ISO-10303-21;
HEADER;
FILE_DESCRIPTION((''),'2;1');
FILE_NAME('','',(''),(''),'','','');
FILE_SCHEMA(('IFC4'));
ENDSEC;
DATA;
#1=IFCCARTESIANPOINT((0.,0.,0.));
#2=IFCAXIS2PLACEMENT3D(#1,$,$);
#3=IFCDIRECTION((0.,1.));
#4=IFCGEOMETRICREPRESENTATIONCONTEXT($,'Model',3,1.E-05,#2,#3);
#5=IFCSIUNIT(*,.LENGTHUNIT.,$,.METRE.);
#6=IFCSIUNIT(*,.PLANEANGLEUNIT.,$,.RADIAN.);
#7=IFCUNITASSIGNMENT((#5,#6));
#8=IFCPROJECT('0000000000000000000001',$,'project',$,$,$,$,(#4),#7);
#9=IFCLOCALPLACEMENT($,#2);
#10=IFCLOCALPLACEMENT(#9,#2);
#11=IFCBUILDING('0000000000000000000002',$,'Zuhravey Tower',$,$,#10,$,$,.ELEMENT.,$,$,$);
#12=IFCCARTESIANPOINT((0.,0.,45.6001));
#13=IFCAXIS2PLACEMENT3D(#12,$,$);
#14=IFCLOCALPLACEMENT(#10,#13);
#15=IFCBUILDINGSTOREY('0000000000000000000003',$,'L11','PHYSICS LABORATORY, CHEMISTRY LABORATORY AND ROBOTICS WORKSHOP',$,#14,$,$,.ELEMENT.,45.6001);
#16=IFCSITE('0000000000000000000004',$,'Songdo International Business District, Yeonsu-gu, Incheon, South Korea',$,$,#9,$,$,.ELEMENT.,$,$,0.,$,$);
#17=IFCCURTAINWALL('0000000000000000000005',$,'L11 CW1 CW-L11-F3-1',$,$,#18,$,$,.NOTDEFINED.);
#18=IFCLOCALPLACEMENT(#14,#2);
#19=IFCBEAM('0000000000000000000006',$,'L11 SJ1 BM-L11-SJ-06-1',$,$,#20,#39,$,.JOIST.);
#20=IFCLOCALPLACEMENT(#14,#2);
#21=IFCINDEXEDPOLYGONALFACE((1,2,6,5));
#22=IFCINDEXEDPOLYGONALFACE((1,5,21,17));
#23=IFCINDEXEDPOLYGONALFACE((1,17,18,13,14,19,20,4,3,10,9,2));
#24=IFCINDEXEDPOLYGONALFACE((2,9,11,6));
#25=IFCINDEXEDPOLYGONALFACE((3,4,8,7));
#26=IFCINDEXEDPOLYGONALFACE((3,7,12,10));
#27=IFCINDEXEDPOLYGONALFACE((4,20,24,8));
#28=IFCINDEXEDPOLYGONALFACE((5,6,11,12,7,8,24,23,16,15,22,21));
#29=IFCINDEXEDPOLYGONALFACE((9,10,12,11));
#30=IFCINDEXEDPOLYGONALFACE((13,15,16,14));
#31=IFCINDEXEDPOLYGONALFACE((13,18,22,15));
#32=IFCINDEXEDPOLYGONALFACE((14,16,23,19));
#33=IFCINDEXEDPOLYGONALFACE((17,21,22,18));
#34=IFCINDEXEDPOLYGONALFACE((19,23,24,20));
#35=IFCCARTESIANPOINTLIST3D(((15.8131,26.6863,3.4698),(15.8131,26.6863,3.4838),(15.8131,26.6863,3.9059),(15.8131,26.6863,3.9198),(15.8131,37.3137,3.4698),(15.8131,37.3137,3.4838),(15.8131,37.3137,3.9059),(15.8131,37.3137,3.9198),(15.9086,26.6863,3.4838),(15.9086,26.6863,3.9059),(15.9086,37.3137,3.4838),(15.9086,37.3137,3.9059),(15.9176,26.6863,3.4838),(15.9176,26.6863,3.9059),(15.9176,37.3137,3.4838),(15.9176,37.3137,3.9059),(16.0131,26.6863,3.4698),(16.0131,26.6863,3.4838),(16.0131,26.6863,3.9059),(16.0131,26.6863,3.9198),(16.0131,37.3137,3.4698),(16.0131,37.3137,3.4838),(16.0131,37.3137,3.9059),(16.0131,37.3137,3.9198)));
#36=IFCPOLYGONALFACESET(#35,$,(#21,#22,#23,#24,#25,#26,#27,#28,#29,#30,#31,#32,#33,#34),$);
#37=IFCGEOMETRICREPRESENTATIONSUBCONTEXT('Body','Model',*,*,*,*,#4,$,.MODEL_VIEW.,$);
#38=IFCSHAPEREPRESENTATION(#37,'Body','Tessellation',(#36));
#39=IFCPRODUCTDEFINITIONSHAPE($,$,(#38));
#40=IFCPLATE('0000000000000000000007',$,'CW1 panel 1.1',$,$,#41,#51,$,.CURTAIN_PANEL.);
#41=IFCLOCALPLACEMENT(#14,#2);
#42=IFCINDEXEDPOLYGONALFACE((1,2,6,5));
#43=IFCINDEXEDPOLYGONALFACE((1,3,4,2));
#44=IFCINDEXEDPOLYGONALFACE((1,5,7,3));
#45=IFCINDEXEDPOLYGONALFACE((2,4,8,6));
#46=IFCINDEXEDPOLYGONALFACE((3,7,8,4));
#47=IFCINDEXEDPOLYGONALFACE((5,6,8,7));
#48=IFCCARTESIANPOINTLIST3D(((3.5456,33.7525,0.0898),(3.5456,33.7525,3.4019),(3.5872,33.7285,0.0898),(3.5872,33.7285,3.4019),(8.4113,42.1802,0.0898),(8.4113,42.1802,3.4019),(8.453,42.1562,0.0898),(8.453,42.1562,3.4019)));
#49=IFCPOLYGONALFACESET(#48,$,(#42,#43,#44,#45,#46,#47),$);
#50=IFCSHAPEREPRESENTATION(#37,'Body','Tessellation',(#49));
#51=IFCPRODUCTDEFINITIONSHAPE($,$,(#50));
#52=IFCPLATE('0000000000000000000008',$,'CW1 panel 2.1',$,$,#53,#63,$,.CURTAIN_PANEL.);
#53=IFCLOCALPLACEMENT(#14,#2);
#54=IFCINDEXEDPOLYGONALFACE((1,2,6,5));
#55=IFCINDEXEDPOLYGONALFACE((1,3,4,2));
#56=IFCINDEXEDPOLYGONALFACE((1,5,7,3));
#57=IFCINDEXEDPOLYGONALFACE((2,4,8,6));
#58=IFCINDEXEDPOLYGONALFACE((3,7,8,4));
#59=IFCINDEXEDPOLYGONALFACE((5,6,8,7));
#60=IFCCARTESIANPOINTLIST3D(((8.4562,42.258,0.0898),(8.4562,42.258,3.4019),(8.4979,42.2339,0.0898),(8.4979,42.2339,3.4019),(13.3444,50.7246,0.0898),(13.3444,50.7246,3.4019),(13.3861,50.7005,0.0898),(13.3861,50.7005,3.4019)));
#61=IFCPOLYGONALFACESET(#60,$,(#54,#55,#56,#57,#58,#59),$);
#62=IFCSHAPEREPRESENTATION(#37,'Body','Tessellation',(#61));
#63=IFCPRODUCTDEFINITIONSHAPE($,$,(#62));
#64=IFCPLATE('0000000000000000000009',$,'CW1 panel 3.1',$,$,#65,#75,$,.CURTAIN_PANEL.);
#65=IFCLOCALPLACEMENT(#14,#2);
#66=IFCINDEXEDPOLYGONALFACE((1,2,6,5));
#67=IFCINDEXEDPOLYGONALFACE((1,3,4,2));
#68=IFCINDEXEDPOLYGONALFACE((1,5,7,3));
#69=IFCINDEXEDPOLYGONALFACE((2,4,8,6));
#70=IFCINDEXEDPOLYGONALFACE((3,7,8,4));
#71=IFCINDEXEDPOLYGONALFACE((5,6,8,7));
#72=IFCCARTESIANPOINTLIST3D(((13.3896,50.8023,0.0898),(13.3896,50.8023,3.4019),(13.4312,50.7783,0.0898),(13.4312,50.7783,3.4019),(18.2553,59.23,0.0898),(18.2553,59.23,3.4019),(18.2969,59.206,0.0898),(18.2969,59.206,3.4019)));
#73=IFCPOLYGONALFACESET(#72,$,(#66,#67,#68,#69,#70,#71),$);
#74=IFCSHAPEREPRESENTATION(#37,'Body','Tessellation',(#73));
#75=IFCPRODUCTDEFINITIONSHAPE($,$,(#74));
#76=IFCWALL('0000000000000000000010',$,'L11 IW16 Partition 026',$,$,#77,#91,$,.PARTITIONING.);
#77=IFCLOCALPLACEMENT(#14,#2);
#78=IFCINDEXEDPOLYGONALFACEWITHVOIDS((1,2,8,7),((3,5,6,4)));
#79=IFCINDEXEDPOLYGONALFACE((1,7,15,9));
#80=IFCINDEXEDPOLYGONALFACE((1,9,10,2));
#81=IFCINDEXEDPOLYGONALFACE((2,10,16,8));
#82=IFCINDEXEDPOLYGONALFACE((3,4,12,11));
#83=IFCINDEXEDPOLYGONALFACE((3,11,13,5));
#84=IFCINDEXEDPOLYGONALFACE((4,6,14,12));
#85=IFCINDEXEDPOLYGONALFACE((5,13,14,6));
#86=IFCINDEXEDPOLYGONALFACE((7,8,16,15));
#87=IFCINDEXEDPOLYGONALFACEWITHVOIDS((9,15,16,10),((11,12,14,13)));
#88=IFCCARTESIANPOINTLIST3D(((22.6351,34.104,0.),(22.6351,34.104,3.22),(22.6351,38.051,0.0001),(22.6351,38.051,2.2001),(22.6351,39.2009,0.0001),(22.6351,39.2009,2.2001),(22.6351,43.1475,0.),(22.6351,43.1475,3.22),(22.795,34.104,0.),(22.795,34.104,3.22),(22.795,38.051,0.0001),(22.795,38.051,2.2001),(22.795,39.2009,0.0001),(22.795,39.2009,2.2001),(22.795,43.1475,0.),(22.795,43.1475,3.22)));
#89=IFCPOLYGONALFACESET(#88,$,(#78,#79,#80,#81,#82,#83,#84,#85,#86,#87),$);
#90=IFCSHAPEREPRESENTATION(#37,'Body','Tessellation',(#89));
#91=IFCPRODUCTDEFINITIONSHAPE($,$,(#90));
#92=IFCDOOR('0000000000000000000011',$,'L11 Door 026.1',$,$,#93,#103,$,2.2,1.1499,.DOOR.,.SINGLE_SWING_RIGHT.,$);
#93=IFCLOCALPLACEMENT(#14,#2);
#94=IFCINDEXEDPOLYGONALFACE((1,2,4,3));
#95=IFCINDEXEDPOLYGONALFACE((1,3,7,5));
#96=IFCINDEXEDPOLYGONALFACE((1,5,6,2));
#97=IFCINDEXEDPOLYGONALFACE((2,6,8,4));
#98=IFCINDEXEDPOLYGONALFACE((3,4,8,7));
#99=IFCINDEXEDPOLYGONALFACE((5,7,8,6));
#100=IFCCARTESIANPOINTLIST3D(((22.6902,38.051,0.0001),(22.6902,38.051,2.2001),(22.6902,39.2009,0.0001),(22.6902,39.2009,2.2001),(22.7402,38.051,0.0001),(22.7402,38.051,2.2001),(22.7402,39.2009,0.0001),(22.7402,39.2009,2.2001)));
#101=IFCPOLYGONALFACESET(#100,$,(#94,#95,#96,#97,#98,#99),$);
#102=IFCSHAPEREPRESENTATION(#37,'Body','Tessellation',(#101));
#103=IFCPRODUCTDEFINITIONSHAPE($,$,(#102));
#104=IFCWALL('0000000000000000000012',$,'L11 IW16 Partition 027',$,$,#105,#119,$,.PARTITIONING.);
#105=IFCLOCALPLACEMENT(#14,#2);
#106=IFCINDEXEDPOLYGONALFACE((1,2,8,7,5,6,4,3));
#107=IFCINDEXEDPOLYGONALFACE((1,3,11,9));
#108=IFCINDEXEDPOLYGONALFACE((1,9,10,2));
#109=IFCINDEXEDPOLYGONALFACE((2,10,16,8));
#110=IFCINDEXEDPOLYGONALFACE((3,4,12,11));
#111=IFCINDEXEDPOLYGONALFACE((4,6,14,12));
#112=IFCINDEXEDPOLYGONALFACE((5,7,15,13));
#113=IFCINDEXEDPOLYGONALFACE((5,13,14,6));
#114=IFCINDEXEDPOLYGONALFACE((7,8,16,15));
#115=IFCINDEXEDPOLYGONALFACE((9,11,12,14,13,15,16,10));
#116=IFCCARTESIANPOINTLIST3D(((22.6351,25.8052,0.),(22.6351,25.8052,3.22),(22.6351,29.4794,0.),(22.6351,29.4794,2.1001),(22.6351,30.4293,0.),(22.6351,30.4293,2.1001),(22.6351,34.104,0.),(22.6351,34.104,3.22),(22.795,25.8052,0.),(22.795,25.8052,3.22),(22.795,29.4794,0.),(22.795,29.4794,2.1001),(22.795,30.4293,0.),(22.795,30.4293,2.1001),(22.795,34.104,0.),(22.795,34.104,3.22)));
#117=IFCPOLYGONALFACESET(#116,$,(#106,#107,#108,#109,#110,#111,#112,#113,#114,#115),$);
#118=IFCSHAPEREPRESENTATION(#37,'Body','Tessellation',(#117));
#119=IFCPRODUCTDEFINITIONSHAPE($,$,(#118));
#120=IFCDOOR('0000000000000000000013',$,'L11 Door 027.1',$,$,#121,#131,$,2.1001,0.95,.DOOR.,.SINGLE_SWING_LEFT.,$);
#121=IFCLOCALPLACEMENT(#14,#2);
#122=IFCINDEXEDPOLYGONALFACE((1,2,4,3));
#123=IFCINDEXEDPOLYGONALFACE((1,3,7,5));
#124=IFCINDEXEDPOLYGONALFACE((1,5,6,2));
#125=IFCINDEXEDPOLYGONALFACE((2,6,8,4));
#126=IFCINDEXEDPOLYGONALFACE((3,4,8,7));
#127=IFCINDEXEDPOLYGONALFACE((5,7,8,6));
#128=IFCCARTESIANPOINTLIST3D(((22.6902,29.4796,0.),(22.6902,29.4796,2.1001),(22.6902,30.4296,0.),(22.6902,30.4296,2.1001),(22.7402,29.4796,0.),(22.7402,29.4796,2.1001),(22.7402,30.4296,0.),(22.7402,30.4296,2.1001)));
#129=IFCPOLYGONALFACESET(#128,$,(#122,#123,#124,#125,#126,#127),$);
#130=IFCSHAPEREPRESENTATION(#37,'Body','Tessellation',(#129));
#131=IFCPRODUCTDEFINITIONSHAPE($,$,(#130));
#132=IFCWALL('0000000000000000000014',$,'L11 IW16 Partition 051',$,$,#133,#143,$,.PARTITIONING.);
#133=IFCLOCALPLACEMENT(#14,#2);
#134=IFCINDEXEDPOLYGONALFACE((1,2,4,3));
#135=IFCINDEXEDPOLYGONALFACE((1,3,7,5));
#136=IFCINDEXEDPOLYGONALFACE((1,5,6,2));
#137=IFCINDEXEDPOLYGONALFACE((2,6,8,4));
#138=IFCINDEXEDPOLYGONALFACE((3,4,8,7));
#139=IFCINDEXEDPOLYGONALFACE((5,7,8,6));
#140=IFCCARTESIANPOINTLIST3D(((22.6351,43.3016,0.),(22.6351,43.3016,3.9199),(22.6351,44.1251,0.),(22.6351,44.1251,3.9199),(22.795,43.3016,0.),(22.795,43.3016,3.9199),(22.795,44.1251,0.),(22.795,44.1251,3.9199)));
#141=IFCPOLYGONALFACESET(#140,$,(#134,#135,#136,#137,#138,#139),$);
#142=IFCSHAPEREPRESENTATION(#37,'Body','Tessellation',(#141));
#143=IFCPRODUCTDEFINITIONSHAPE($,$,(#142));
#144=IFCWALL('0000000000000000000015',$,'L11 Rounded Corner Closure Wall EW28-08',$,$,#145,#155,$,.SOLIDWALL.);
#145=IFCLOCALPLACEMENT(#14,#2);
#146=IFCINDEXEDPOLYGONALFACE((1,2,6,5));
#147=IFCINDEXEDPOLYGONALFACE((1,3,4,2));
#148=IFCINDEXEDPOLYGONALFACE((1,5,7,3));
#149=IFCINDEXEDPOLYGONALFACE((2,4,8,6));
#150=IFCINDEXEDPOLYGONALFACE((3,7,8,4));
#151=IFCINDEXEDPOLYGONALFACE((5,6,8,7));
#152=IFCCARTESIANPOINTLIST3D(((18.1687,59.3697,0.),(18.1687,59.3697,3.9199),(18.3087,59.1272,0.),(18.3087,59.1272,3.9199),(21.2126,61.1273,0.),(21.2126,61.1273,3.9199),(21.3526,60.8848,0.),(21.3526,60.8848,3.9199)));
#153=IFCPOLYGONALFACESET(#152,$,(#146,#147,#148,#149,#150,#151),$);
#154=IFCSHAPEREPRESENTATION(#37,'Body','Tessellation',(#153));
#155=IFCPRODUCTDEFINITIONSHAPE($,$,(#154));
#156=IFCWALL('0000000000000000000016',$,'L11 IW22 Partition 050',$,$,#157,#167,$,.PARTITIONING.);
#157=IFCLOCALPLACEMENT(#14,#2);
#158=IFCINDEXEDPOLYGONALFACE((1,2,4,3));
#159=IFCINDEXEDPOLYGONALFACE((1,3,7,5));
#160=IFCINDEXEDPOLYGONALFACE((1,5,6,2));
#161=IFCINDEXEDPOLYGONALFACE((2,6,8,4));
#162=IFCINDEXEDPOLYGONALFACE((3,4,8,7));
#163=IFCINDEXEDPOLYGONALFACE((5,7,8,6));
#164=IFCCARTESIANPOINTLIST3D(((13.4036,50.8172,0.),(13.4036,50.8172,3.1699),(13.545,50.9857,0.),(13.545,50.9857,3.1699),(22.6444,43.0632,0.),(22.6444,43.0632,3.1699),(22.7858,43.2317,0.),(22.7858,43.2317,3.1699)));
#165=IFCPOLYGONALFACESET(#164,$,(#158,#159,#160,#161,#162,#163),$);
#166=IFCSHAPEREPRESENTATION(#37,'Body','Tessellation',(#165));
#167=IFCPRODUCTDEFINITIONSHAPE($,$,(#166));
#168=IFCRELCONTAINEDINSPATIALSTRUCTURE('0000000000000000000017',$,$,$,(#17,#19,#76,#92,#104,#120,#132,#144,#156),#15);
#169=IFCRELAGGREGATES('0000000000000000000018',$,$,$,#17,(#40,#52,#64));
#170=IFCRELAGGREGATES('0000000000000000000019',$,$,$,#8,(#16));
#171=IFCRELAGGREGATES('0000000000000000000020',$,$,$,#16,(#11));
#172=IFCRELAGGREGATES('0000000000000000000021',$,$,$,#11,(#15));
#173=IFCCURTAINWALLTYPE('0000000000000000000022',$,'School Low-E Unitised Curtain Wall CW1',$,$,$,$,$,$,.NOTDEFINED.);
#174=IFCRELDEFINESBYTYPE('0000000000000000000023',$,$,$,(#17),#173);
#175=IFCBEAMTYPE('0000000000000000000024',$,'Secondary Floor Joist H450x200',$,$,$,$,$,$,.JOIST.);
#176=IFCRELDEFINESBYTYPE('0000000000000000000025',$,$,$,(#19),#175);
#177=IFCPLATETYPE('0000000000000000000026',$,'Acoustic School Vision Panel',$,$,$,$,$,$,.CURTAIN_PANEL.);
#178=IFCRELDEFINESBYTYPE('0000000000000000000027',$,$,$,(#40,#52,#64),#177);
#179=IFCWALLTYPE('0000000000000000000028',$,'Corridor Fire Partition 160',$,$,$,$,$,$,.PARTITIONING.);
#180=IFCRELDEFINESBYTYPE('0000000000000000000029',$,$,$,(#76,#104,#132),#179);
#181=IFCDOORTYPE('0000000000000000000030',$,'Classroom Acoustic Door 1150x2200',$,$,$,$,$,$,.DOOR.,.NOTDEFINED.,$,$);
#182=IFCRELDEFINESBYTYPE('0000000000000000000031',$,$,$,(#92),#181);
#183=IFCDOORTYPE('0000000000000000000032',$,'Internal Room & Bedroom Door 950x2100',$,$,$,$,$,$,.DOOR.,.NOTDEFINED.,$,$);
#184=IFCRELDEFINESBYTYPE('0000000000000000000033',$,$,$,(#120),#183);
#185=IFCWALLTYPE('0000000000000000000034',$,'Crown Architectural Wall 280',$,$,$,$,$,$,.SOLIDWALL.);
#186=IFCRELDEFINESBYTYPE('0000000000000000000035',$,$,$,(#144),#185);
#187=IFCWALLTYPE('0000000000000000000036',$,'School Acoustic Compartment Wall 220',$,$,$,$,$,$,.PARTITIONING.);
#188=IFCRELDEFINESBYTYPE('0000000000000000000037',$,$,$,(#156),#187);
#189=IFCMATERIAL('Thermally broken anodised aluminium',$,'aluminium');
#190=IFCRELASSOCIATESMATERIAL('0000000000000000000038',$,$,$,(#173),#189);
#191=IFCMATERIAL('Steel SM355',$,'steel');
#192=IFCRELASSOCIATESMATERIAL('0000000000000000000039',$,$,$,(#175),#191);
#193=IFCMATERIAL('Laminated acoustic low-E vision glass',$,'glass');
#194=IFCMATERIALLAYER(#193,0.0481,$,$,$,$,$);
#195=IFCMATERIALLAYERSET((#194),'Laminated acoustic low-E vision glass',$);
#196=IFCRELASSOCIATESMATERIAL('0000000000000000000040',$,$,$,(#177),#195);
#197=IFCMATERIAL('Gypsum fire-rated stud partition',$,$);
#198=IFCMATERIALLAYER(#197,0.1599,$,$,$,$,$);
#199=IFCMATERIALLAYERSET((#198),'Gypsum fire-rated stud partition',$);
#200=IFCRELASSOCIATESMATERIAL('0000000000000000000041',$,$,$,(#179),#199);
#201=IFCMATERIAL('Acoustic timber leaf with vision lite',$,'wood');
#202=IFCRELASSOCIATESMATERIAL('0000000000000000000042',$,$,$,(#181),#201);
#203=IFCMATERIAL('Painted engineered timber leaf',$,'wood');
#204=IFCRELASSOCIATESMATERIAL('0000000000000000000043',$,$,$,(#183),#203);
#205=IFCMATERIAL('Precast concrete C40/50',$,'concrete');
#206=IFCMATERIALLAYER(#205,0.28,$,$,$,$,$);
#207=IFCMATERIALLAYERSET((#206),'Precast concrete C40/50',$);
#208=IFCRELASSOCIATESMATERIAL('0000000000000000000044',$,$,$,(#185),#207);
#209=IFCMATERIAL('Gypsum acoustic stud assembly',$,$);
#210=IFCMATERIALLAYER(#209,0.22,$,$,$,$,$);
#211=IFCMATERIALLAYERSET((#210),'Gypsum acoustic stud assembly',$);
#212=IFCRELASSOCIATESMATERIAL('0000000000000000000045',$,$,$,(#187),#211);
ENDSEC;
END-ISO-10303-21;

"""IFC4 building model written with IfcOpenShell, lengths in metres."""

from ifc_helpers import new_model, si_unit, direction, frame, frame_2d, origin, origin_2d, place, context, subcontext, project, spatial, rectangle, i_section, extrude, material, layer, layer_set, material_profile, profile_set, type_object, element, fill, aggregate, save


model = new_model("IFC4")

# Units and contexts
model_context = context("Model", 3, precision=1e-05, world=origin(), true_north=direction((0.0, 1.0)))
body_context = subcontext(model_context, "Body", "Model", "MODEL_VIEW")
ifc_project = project(units=[si_unit("LENGTHUNIT", "METRE"), si_unit("PLANEANGLEUNIT", "RADIAN")], contexts=[model_context])

# Site, building, storey
site_placement = place(None, origin())
site = spatial("IfcSite", under=ifc_project, at=site_placement, Name="Songdo International Business District, Yeonsu-gu, Incheon, South Korea", CompositionType="ELEMENT", RefElevation=0.0)
building_placement = place(site_placement, origin())
building = spatial("IfcBuilding", under=site, at=building_placement, Name="Zuhravey Tower", CompositionType="ELEMENT")
storey_placement = place(building_placement, frame((0.0, 0.0, 45.6001)))
storey = spatial("IfcBuildingStorey", under=building, at=storey_placement, Name="L11", Description="PHYSICS LABORATORY, CHEMISTRY LABORATORY AND ROBOTICS WORKSHOP", CompositionType="ELEMENT", Elevation=45.6001)

# Curtain wall
ifc_material_1 = material(Name="Thermally broken anodised aluminium", Category="aluminium")
curtain_wall_type = type_object("IfcCurtainWallType", Name="School Low-E Unitised Curtain Wall CW1", PredefinedType="NOTDEFINED", material=ifc_material_1)
curtain_wall_1_placement = place(storey_placement, origin())
curtain_wall_1 = element("IfcCurtainWall", 1, at=curtain_wall_1_placement, inside=storey, type_object=curtain_wall_type, Name="L11 CW1 CW-L11-F3-1", PredefinedType="NOTDEFINED")

# Beam
ifc_material_2 = material(Name="Steel SM355", Category="steel")
ifc_material_profile_1 = material_profile(ifc_material_2, i_section(OverallWidth=0.2, OverallDepth=0.45, WebThickness=0.009, FlangeThickness=0.0139, at=origin_2d()), Name="H-450x200x9x14")
ifc_profile_set_1 = profile_set([ifc_material_profile_1], Name="Steel SM355")
beam_type_1 = type_object("IfcBeamType", Name="Secondary Floor Joist H450x200", PredefinedType="JOIST", material=ifc_profile_set_1)
beam_1_placement = place(storey_placement, frame((15.9131, 37.3137, 3.6948), z_axis=(0.0, -1.0, 0.0), x_axis=(1.0, 0.0, 0.0)))
element("IfcBeam", 2, at=beam_1_placement, inside=storey, type_object=beam_type_1, Name="L11 SJ1 BM-L11-SJ-06-1", PredefinedType="JOIST", context=body_context, shape_type="SweptSolid", body=[
    extrude(i_section(OverallWidth=0.2, OverallDepth=0.45, WebThickness=0.009, FlangeThickness=0.0139, at=origin_2d()), origin(), (0.0, 0.0, 1.0), 10.6274),
])

# Plates
ifc_material_3 = material(Name="Laminated acoustic low-E vision glass", Category="glass")
ifc_layer_1 = layer(ifc_material_3, 0.0481)
ifc_layer_set_1 = layer_set([ifc_layer_1], Name="Laminated acoustic low-E vision glass")
plate_type = type_object("IfcPlateType", Name="Acoustic School Vision Panel", PredefinedType="CURTAIN_PANEL", material=ifc_layer_set_1)
plate_1_placement = place(storey_placement, frame((5.9993, 37.9543, 0.0898), z_axis=(0.0, 0.0, 1.0), x_axis=(0.5, 0.866026, 0.0)))
plate_1 = element("IfcPlate", 3, at=plate_1_placement, type_object=plate_type, Name="CW1 panel 1.1", PredefinedType="CURTAIN_PANEL", context=body_context, shape_type="SweptSolid", body=[
    extrude(rectangle(XDim=9.7314, YDim=0.0481, at=origin_2d()), origin(), (0.0, 0.0, 1.0), 3.312),
])
plate_2_placement = place(storey_placement, frame((10.9211, 46.4792, 0.0898), z_axis=(0.0, 0.0, 1.0), x_axis=(0.5, 0.866026, 0.0)))
plate_2 = element("IfcPlate", 4, at=plate_2_placement, type_object=plate_type, Name="CW1 panel 2.1", PredefinedType="CURTAIN_PANEL", context=body_context, shape_type="SweptSolid", body=[
    extrude(rectangle(XDim=9.7764, YDim=0.0481, at=origin_2d()), origin(), (0.0, 0.0, 1.0), 3.312),
])
plate_3_placement = place(storey_placement, frame((15.8433, 55.0042, 0.0898), z_axis=(0.0, 0.0, 1.0), x_axis=(0.5, 0.866026, 0.0)))
plate_3 = element("IfcPlate", 5, at=plate_3_placement, type_object=plate_type, Name="CW1 panel 3.1", PredefinedType="CURTAIN_PANEL", context=body_context, shape_type="SweptSolid", body=[
    extrude(rectangle(XDim=9.7314, YDim=0.0481, at=origin_2d()), origin(), (0.0, 0.0, 1.0), 3.312),
])
aggregate(curtain_wall_1, [plate_1, plate_2, plate_3])

# Walls, openings, doors
ifc_material_4 = material(Name="Gypsum fire-rated stud partition")
ifc_layer_2 = layer(ifc_material_4, 0.1599)
ifc_layer_set_2 = layer_set([ifc_layer_2], Name="Gypsum fire-rated stud partition")
wall_type_1 = type_object("IfcWallType", Name="Corridor Fire Partition 160", PredefinedType="PARTITIONING", material=ifc_layer_set_2)
wall_1_placement = place(storey_placement, frame((22.7151, 43.1475, 0.0), z_axis=(0.0, 0.0, 1.0), x_axis=(0.0, -1.0, 0.0)))
wall_1 = element("IfcWall", 6, at=wall_1_placement, inside=storey, type_object=wall_type_1, Name="L11 IW16 Partition 026", PredefinedType="PARTITIONING", context=body_context, shape_type="SweptSolid", body=[
    extrude(rectangle(XDim=9.0435, YDim=0.1599, at=frame_2d((4.5217, 0.0))), origin(), (0.0, 0.0, 1.0), 3.22),
])
opening_1_placement = place(wall_1_placement, frame((3.9465, 0.0, 0.0)))
opening_1 = element("IfcOpeningElement", 7, at=opening_1_placement, cuts=wall_1, PredefinedType="OPENING", context=body_context, shape_type="SweptSolid", body=[
    extrude(rectangle(XDim=1.1499, YDim=2.2, at=frame_2d((0.575, 1.1001))), frame((0.0, 0.092, 0.0), z_axis=(0.0, -1.0, 0.0), x_axis=(1.0, 0.0, 0.0)), (0.0, 0.0, 1.0), 0.1838),
])
ifc_material_5 = material(Name="Acoustic timber leaf with vision lite", Category="wood")
door_type_1 = type_object("IfcDoorType", Name="Classroom Acoustic Door 1150x2200", OperationType="NOTDEFINED", PredefinedType="DOOR", material=ifc_material_5)
door_1_placement = place(opening_1_placement, frame((1.1499, 0.0, 0.0), z_axis=(0.0, 0.0, 1.0), x_axis=(-1.0, 0.0, 0.0)))
door_1 = element("IfcDoor", 8, at=door_1_placement, inside=storey, type_object=door_type_1, Name="L11 Door 026.1", OperationType="SINGLE_SWING_RIGHT", OverallHeight=2.2, OverallWidth=1.1499, PredefinedType="DOOR", context=body_context, shape_type="SweptSolid", body=[
    extrude(rectangle(XDim=1.1499, YDim=2.2, at=frame_2d((0.575, 1.1001))), frame((0.0, 0.0249, 0.0), z_axis=(0.0, -1.0, 0.0), x_axis=(1.0, 0.0, 0.0)), (0.0, 0.0, 1.0), 0.05),
])
fill(opening_1, door_1)
wall_2_placement = place(storey_placement, frame((22.7151, 34.104, 0.0), z_axis=(0.0, 0.0, 1.0), x_axis=(0.0, -1.0, 0.0)))
wall_2 = element("IfcWall", 9, at=wall_2_placement, inside=storey, type_object=wall_type_1, Name="L11 IW16 Partition 027", PredefinedType="PARTITIONING", context=body_context, shape_type="SweptSolid", body=[
    extrude(rectangle(XDim=8.2988, YDim=0.1599, at=frame_2d((4.1494, 0.0))), origin(), (0.0, 0.0, 1.0), 3.22),
])
opening_2_placement = place(wall_2_placement, frame((3.6746, 0.0, 0.0)))
opening_2 = element("IfcOpeningElement", 10, at=opening_2_placement, cuts=wall_2, PredefinedType="OPENING", context=body_context, shape_type="SweptSolid", body=[
    extrude(rectangle(XDim=0.95, YDim=2.1001, at=frame_2d((0.4751, 1.05))), frame((0.0, 0.092, 0.0), z_axis=(0.0, -1.0, 0.0), x_axis=(1.0, 0.0, 0.0)), (0.0, 0.0, 1.0), 0.1838),
])
ifc_material_6 = material(Name="Painted engineered timber leaf", Category="wood")
door_type_2 = type_object("IfcDoorType", Name="Internal Room & Bedroom Door 950x2100", OperationType="NOTDEFINED", PredefinedType="DOOR", material=ifc_material_6)
door_2_placement = place(opening_2_placement, frame((0.95, 0.0, 0.0), z_axis=(0.0, 0.0, 1.0), x_axis=(-1.0, 0.0, 0.0)))
door_2 = element("IfcDoor", 11, at=door_2_placement, inside=storey, type_object=door_type_2, Name="L11 Door 027.1", OperationType="SINGLE_SWING_LEFT", OverallHeight=2.1001, OverallWidth=0.95, PredefinedType="DOOR", context=body_context, shape_type="SweptSolid", body=[
    extrude(rectangle(XDim=0.95, YDim=2.1001, at=frame_2d((0.4751, 1.05))), frame((0.0, 0.0249, 0.0), z_axis=(0.0, -1.0, 0.0), x_axis=(1.0, 0.0, 0.0)), (0.0, 0.0, 1.0), 0.05),
])
fill(opening_2, door_2)

# Walls
wall_3_placement = place(storey_placement, frame((22.7151, 44.125, 0.0), z_axis=(0.0, 0.0, 1.0), x_axis=(0.0, -1.0, 0.0)))
element("IfcWall", 12, at=wall_3_placement, inside=storey, type_object=wall_type_1, Name="L11 IW16 Partition 051", PredefinedType="PARTITIONING", context=body_context, shape_type="SweptSolid", body=[
    extrude(rectangle(XDim=0.8235, YDim=0.1599, at=frame_2d((0.4116, 0.0))), origin(), (0.0, 0.0, 1.0), 3.9199),
])
ifc_material_7 = material(Name="Precast concrete C40/50", Category="concrete")
ifc_layer_3 = layer(ifc_material_7, 0.28)
ifc_layer_set_3 = layer_set([ifc_layer_3], Name="Precast concrete C40/50")
wall_type_2 = type_object("IfcWallType", Name="Crown Architectural Wall 280", PredefinedType="SOLIDWALL", material=ifc_layer_set_3)
wall_4_placement = place(storey_placement, frame((18.2388, 59.2485, 0.0), z_axis=(0.0, 0.0, 1.0), x_axis=(0.866007, 0.500031, 0.0)))
element("IfcWall", 13, at=wall_4_placement, inside=storey, type_object=wall_type_2, Name="L11 Rounded Corner Closure Wall EW28-08", PredefinedType="SOLIDWALL", context=body_context, shape_type="SweptSolid", body=[
    extrude(rectangle(XDim=3.5149, YDim=0.28, at=frame_2d((1.7573, 0.0))), origin(), (0.0, 0.0, 1.0), 3.9199),
])
ifc_material_8 = material(Name="Gypsum acoustic stud assembly")
ifc_layer_4 = layer(ifc_material_8, 0.22)
ifc_layer_set_4 = layer_set([ifc_layer_4], Name="Gypsum acoustic stud assembly")
wall_type_3 = type_object("IfcWallType", Name="School Acoustic Compartment Wall 220", PredefinedType="PARTITIONING", material=ifc_layer_set_4)
wall_5_placement = place(storey_placement, frame((22.7151, 43.1475, 0.0), z_axis=(0.0, 0.0, 1.0), x_axis=(-0.766044, 0.642789, 0.0)))
element("IfcWall", 14, at=wall_5_placement, inside=storey, type_object=wall_type_3, Name="L11 IW22 Partition 050", PredefinedType="PARTITIONING", context=body_context, shape_type="SweptSolid", body=[
    extrude(rectangle(XDim=12.063, YDim=0.22, at=frame_2d((6.0315, 0.0))), origin(), (0.0, 0.0, 1.0), 3.1699),
])

save(model, "model.ifc")
